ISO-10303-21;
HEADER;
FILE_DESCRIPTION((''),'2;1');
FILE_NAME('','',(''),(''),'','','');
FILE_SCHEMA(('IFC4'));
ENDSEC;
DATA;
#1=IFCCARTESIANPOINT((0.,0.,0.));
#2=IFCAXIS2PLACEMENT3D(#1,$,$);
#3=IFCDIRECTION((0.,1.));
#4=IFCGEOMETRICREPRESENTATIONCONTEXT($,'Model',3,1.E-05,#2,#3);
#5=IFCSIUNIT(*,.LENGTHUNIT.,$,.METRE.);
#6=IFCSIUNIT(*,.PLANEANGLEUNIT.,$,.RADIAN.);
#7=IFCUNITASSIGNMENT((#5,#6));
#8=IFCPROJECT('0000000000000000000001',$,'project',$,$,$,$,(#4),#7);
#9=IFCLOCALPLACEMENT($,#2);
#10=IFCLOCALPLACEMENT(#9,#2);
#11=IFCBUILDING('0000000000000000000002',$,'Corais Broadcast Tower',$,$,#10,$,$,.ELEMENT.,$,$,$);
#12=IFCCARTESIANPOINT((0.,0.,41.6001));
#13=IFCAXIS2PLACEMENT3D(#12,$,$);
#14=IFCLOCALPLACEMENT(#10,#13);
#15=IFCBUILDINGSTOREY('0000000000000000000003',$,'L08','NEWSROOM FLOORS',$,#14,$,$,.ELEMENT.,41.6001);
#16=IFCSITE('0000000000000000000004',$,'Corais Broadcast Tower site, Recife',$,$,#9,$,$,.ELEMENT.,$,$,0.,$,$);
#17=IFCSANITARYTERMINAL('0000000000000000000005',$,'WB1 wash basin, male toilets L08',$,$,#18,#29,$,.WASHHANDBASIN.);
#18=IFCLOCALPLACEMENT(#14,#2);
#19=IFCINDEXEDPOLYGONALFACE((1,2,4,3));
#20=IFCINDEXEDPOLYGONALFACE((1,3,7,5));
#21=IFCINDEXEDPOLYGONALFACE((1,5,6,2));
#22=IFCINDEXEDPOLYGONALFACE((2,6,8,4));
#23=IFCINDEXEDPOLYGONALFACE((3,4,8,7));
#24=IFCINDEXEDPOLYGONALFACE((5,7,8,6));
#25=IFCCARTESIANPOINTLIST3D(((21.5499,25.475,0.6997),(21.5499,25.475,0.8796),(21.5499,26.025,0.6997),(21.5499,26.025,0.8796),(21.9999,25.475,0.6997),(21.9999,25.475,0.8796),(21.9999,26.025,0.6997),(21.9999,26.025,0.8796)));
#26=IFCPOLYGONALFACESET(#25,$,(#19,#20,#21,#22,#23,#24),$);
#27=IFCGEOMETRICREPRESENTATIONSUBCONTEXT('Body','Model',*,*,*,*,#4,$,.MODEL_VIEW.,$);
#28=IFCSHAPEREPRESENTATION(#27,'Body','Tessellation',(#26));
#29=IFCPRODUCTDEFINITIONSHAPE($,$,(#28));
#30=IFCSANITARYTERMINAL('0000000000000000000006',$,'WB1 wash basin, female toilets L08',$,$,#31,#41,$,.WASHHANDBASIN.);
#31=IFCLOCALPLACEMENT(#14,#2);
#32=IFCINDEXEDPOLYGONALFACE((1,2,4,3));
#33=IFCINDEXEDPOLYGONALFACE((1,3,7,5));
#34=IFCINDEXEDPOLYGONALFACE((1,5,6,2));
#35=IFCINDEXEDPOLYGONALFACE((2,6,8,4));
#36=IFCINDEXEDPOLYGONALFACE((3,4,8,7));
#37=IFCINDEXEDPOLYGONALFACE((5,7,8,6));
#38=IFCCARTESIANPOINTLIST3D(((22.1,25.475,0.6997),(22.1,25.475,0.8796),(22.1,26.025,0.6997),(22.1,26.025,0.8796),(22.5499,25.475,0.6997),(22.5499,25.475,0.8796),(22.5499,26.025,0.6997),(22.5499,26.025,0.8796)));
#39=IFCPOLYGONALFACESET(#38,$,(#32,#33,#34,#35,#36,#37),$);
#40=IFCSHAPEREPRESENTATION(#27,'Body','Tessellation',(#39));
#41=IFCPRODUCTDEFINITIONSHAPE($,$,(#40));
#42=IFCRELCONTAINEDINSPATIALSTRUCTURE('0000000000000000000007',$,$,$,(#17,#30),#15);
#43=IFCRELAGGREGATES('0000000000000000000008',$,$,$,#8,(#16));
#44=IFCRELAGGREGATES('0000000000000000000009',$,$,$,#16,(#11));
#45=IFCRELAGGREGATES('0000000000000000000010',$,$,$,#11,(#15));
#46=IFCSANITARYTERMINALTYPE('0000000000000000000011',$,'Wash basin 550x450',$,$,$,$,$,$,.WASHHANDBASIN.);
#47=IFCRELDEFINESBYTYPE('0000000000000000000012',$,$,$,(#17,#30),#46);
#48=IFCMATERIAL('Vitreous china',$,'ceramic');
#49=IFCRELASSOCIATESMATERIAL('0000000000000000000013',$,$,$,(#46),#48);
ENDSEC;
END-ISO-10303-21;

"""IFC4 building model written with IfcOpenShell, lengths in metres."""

from ifc_helpers import new_model, si_unit, direction, frame, origin, origin_2d, place, context, subcontext, project, spatial, rectangle, extrude, material, type_object, element, save


model = new_model("IFC4")

# Units and contexts
model_context = context("Model", 3, precision=1e-05, world=origin(), true_north=direction((0.0, 1.0)))
body_context = subcontext(model_context, "Body", "Model", "MODEL_VIEW")
ifc_project = project(units=[si_unit("LENGTHUNIT", "METRE"), si_unit("PLANEANGLEUNIT", "RADIAN")], contexts=[model_context])

# Site, building, storey
site_placement = place(None, origin())
site = spatial("IfcSite", under=ifc_project, at=site_placement, Name="Corais Broadcast Tower site, Recife", CompositionType="ELEMENT", RefElevation=0.0)
building_placement = place(site_placement, origin())
building = spatial("IfcBuilding", under=site, at=building_placement, Name="Corais Broadcast Tower", CompositionType="ELEMENT")
storey_placement = place(building_placement, frame((0.0, 0.0, 41.6001)))
storey = spatial("IfcBuildingStorey", under=building, at=storey_placement, Name="L08", Description="NEWSROOM FLOORS", CompositionType="ELEMENT", Elevation=41.6001)

# Sanitary terminals
ifc_material_1 = material(Name="Vitreous china", Category="ceramic")
sanitary_terminal_type_1 = type_object("IfcSanitaryTerminalType", Name="Wash basin 550x450", PredefinedType="WASHHANDBASIN", material=ifc_material_1)
for number, where, z_axis, x_axis, name in (
    (1, (21.7749, 25.75, 0.6997), (0.0, 0.0, 1.0), (1.0, 0.0, 0.0), "WB1 wash basin, male toilets L08"),
    (2, (22.325, 25.75, 0.6997), (0.0, 0.0, 1.0), (1.0, 0.0, 0.0), "WB1 wash basin, female toilets L08"),
):
    element("IfcSanitaryTerminal", number, at=place(storey_placement, frame(where, z_axis=z_axis, x_axis=x_axis)), inside=storey, type_object=sanitary_terminal_type_1, Name=name, PredefinedType="WASHHANDBASIN", context=body_context, shape_type="SweptSolid", body=[
        extrude(rectangle(XDim=0.45, YDim=0.55, at=origin_2d()), origin(), (0.0, 0.0, 1.0), 0.1799),
    ])

save(model, "model.ifc")
